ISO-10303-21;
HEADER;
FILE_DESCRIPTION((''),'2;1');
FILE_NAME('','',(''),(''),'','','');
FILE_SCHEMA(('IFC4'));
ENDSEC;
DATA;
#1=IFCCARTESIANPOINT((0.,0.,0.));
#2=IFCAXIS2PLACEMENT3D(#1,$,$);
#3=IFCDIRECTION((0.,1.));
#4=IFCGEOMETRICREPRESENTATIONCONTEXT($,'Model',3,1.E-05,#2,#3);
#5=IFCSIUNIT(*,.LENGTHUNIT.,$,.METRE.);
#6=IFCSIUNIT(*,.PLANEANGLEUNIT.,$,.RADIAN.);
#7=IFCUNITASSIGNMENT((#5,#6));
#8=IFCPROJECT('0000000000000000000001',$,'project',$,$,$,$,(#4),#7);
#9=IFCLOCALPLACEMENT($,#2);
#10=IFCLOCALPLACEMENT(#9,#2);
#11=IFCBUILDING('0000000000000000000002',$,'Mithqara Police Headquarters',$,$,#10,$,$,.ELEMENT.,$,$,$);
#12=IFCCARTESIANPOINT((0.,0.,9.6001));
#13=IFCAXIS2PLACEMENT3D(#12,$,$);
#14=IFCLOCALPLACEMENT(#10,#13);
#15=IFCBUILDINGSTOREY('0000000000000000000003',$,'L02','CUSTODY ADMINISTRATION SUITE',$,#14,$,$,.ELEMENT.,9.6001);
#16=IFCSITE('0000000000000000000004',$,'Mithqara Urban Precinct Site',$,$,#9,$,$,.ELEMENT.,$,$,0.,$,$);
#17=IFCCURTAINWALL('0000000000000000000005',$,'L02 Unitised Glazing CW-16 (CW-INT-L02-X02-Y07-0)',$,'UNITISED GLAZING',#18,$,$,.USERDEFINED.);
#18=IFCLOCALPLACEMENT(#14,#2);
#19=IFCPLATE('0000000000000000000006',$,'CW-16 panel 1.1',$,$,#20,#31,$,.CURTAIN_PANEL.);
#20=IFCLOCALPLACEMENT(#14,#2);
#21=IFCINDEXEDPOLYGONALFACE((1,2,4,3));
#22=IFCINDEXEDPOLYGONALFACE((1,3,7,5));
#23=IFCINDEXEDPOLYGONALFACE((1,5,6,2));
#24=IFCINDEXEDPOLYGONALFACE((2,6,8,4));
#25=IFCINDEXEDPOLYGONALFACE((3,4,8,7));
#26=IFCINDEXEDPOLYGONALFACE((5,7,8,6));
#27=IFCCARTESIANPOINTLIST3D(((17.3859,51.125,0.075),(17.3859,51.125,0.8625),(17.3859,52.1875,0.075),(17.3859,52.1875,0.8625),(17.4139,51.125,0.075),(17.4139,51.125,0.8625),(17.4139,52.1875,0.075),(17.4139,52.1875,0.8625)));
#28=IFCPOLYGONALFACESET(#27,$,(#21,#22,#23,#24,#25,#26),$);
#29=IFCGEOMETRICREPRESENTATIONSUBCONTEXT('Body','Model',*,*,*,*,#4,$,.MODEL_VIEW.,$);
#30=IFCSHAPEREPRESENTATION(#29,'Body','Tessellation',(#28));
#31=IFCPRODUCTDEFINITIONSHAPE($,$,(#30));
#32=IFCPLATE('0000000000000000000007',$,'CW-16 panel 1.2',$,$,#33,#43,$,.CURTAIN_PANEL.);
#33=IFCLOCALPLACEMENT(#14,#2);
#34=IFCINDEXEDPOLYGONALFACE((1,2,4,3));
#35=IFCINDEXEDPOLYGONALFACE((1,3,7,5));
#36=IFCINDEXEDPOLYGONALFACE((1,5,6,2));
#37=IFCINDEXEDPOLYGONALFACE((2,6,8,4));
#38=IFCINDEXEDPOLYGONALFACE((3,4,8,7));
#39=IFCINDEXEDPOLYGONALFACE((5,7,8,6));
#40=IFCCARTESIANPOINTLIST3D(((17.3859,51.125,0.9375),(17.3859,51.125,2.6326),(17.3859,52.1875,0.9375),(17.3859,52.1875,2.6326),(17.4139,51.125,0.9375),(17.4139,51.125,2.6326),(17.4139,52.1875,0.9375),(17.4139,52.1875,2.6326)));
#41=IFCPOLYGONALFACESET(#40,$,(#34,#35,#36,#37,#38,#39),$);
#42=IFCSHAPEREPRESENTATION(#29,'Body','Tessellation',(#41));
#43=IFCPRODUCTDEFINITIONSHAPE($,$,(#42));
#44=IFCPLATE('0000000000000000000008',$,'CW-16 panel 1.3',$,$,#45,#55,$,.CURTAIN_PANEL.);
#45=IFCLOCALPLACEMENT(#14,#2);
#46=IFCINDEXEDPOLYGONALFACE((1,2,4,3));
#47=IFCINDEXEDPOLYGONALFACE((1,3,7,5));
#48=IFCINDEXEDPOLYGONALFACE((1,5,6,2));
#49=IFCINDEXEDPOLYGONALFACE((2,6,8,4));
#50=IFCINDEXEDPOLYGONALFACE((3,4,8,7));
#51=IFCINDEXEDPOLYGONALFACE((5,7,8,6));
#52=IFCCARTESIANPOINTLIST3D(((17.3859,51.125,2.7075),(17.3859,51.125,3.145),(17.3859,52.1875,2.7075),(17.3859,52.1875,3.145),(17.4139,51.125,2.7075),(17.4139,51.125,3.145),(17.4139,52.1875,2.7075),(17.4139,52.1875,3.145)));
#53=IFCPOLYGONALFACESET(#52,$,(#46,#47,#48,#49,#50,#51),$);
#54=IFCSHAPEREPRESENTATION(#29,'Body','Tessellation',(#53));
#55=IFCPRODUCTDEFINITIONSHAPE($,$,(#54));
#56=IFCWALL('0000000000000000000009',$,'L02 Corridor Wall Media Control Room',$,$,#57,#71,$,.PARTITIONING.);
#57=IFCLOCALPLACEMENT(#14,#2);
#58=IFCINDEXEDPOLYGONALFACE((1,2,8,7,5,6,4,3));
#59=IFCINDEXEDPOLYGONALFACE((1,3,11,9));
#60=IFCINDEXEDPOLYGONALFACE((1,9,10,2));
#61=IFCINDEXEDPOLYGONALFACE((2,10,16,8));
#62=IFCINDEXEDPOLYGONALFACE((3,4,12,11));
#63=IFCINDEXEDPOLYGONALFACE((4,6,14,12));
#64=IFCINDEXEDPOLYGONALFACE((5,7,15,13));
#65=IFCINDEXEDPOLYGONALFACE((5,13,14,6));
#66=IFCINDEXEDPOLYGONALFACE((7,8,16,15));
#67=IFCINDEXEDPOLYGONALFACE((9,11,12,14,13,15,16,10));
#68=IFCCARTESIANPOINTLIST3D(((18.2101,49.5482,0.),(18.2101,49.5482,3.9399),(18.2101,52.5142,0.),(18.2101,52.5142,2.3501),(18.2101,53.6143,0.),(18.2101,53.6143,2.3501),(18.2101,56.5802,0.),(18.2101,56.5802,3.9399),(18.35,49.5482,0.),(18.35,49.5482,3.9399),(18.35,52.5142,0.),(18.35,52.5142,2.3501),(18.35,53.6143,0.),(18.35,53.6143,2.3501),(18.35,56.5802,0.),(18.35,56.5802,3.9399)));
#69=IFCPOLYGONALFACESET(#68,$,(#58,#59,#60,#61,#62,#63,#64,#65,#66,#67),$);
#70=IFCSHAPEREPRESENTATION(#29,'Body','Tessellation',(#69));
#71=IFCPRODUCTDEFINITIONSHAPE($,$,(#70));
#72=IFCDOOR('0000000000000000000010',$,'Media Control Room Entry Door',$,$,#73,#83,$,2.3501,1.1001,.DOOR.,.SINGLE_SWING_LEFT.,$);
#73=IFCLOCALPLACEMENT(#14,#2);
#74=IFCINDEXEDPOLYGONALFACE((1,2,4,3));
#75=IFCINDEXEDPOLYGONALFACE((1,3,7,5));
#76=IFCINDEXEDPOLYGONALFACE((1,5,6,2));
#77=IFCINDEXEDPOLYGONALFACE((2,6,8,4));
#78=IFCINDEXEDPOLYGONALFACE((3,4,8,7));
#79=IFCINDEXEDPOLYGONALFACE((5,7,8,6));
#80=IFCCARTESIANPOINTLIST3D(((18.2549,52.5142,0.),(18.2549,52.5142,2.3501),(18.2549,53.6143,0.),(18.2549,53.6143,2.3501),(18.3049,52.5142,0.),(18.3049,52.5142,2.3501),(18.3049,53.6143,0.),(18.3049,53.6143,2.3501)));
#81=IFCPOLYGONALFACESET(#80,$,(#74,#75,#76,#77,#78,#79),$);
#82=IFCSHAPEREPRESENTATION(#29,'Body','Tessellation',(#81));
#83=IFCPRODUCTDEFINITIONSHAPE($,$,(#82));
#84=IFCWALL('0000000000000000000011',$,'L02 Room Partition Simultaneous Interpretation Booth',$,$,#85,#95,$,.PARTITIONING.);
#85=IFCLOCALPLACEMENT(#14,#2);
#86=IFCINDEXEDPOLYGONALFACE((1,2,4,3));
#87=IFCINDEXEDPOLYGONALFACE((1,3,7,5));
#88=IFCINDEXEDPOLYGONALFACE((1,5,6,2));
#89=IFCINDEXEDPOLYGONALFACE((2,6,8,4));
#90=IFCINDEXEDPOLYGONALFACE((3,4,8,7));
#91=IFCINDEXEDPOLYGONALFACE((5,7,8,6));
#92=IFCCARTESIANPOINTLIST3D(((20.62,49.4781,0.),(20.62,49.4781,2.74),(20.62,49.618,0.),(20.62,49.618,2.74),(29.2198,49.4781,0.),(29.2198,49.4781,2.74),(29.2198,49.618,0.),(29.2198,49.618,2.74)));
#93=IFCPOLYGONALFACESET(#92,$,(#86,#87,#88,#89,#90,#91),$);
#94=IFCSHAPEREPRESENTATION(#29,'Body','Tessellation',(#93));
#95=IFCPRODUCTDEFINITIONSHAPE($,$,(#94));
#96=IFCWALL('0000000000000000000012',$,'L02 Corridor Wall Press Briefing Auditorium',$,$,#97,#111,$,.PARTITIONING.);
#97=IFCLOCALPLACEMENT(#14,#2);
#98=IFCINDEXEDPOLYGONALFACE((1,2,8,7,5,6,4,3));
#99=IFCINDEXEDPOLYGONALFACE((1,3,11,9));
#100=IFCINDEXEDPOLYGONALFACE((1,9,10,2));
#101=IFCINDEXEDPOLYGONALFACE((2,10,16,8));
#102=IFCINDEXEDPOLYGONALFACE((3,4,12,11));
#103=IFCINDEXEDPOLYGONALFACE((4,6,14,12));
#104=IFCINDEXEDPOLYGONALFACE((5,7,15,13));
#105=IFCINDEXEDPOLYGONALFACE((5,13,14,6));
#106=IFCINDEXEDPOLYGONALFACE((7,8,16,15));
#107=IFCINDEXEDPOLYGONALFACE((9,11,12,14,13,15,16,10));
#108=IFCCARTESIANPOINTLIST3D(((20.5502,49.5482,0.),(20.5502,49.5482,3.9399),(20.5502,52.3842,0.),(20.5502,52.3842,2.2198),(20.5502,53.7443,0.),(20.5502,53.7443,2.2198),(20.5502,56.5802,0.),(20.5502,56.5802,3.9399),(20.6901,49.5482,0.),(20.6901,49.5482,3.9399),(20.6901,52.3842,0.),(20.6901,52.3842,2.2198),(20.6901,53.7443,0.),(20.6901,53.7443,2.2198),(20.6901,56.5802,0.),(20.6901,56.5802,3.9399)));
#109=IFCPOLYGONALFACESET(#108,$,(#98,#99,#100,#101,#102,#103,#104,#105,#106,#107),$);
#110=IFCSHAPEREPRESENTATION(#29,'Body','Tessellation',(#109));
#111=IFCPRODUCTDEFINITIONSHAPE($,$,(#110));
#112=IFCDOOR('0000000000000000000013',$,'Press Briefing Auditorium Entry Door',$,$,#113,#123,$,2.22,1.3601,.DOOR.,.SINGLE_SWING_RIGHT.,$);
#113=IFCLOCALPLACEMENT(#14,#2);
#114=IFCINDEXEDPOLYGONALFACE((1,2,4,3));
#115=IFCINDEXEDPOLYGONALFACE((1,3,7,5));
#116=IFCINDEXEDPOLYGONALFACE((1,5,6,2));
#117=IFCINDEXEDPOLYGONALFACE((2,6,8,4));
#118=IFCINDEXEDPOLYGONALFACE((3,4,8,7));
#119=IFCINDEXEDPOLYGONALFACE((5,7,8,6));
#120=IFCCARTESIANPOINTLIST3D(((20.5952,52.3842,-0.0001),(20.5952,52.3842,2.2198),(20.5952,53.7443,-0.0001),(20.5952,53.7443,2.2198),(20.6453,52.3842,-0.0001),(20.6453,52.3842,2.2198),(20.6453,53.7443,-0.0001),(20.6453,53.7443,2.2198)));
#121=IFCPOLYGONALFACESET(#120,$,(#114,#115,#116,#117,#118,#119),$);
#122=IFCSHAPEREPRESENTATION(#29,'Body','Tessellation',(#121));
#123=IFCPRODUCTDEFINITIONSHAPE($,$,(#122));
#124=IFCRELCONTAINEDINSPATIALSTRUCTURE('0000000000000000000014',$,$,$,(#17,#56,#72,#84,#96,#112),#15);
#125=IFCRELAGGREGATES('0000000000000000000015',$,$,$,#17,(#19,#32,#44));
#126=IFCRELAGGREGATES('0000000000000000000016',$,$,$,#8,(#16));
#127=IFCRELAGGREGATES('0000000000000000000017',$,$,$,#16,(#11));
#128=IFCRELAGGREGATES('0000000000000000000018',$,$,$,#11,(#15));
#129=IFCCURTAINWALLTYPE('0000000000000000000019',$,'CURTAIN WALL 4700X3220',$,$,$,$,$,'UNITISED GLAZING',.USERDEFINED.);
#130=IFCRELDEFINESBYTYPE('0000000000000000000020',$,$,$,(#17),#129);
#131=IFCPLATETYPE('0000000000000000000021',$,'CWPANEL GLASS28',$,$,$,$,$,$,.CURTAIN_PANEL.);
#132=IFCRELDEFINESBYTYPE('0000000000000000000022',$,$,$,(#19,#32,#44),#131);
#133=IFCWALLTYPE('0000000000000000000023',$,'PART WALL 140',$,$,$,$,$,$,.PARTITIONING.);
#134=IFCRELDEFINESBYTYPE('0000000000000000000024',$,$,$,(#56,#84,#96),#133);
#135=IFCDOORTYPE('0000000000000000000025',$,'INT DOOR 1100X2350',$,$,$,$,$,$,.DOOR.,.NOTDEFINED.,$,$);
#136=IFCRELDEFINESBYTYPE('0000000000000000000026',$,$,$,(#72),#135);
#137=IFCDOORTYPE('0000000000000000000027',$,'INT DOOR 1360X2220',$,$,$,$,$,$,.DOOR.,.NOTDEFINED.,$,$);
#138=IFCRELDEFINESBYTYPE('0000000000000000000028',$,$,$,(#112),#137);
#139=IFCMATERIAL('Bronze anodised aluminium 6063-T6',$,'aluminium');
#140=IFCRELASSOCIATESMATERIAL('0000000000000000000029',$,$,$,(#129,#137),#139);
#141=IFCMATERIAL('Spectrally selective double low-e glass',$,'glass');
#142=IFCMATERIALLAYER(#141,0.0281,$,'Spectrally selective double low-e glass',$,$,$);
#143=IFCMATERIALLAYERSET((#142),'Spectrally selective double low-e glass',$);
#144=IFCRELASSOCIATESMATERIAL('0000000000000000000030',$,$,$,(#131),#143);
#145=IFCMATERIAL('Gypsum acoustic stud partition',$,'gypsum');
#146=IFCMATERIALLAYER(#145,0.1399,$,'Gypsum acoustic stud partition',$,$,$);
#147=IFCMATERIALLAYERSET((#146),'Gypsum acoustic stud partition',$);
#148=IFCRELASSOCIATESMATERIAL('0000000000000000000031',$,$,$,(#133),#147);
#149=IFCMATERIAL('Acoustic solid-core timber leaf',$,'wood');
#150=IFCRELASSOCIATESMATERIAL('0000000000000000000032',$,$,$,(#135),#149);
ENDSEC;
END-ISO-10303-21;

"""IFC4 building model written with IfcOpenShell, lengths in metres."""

from ifc_helpers import new_model, si_unit, direction, frame, frame_2d, origin, origin_2d, place, context, subcontext, project, spatial, rectangle, extrude, material, layer, layer_set, type_object, element, fill, aggregate, save


model = new_model("IFC4")

# Units and contexts
model_context = context("Model", 3, precision=1e-05, world=origin(), true_north=direction((0.0, 1.0)))
body_context = subcontext(model_context, "Body", "Model", "MODEL_VIEW")
ifc_project = project(units=[si_unit("LENGTHUNIT", "METRE"), si_unit("PLANEANGLEUNIT", "RADIAN")], contexts=[model_context])

# Site, building, storey
site_placement = place(None, origin())
site = spatial("IfcSite", under=ifc_project, at=site_placement, Name="Mithqara Urban Precinct Site", CompositionType="ELEMENT", RefElevation=0.0)
building_placement = place(site_placement, origin())
building = spatial("IfcBuilding", under=site, at=building_placement, Name="Mithqara Police Headquarters", CompositionType="ELEMENT")
storey_placement = place(building_placement, frame((0.0, 0.0, 9.6001)))
storey = spatial("IfcBuildingStorey", under=building, at=storey_placement, Name="L02", Description="CUSTODY ADMINISTRATION SUITE", CompositionType="ELEMENT", Elevation=9.6001)

# Shared definitions
ifc_material_1 = material(Name="Bronze anodised aluminium 6063-T6", Category="aluminium")
curtain_wall_type = type_object("IfcCurtainWallType", Name="CURTAIN WALL 4700X3220", ElementType="UNITISED GLAZING", PredefinedType="USERDEFINED", material=ifc_material_1)

# Curtain wall, plates
curtain_wall_1_placement = place(storey_placement, origin())
curtain_wall_1 = element("IfcCurtainWall", 1, at=curtain_wall_1_placement, inside=storey, type_object=curtain_wall_type, Name="L02 Unitised Glazing CW-16 (CW-INT-L02-X02-Y07-0)", ObjectType="UNITISED GLAZING", PredefinedType="USERDEFINED")
ifc_material_2 = material(Name="Spectrally selective double low-e glass", Category="glass")
ifc_layer_1 = layer(ifc_material_2, 0.0281, Name="Spectrally selective double low-e glass")
ifc_layer_set_1 = layer_set([ifc_layer_1], Name="Spectrally selective double low-e glass")
plate_type = type_object("IfcPlateType", Name="CWPANEL GLASS28", PredefinedType="CURTAIN_PANEL", material=ifc_layer_set_1)
plate_1_placement = place(storey_placement, frame((17.3999, 51.6562, 0.075), z_axis=(0.0, 0.0, 1.0), x_axis=(0.0, 1.0, 0.0)))
plate_1 = element("IfcPlate", 2, at=plate_1_placement, type_object=plate_type, Name="CW-16 panel 1.1", PredefinedType="CURTAIN_PANEL", context=body_context, shape_type="SweptSolid", body=[
    extrude(rectangle(XDim=1.0625, YDim=0.0281, at=origin_2d()), origin(), (0.0, 0.0, 1.0), 0.7876),
])
plate_2_placement = place(storey_placement, frame((17.3999, 51.6562, 0.9375), z_axis=(0.0, 0.0, 1.0), x_axis=(0.0, 1.0, 0.0)))
plate_2 = element("IfcPlate", 3, at=plate_2_placement, type_object=plate_type, Name="CW-16 panel 1.2", PredefinedType="CURTAIN_PANEL", context=body_context, shape_type="SweptSolid", body=[
    extrude(rectangle(XDim=1.0625, YDim=0.0281, at=origin_2d()), origin(), (0.0, 0.0, 1.0), 1.6951),
])
plate_3_placement = place(storey_placement, frame((17.3999, 51.6562, 2.7075), z_axis=(0.0, 0.0, 1.0), x_axis=(0.0, 1.0, 0.0)))
plate_3 = element("IfcPlate", 4, at=plate_3_placement, type_object=plate_type, Name="CW-16 panel 1.3", PredefinedType="CURTAIN_PANEL", context=body_context, shape_type="SweptSolid", body=[
    extrude(rectangle(XDim=1.0625, YDim=0.0281, at=origin_2d()), origin(), (0.0, 0.0, 1.0), 0.4375),
])
aggregate(curtain_wall_1, [plate_1, plate_2, plate_3])

# Wall, opening, door
ifc_material_3 = material(Name="Gypsum acoustic stud partition", Category="gypsum")
ifc_layer_2 = layer(ifc_material_3, 0.1399, Name="Gypsum acoustic stud partition")
ifc_layer_set_2 = layer_set([ifc_layer_2], Name="Gypsum acoustic stud partition")
wall_type = type_object("IfcWallType", Name="PART WALL 140", PredefinedType="PARTITIONING", material=ifc_layer_set_2)
wall_1_placement = place(storey_placement, frame((18.28, 49.5481, 0.0), z_axis=(0.0, 0.0, 1.0), x_axis=(0.0, 1.0, 0.0)))
wall_1 = element("IfcWall", 5, at=wall_1_placement, inside=storey, type_object=wall_type, Name="L02 Corridor Wall Media Control Room", PredefinedType="PARTITIONING", context=body_context, shape_type="SweptSolid", body=[
    extrude(rectangle(XDim=7.032, YDim=0.1399, at=frame_2d((3.5161, 0.0))), origin(), (0.0, 0.0, 1.0), 3.9399),
])
opening_1_placement = place(wall_1_placement, frame((2.9661, 0.0, 0.0)))
opening_1 = element("IfcOpeningElement", 6, at=opening_1_placement, cuts=wall_1, PredefinedType="OPENING", context=body_context, shape_type="SweptSolid", body=[
    extrude(rectangle(XDim=1.1001, YDim=2.3501, at=frame_2d((0.55, 1.175))), frame((0.0, 0.0801, 0.0), z_axis=(0.0, -1.0, 0.0), x_axis=(1.0, 0.0, 0.0)), (0.0, 0.0, 1.0), 0.1599),
])
ifc_material_4 = material(Name="Acoustic solid-core timber leaf", Category="wood")
door_type_1 = type_object("IfcDoorType", Name="INT DOOR 1100X2350", OperationType="NOTDEFINED", PredefinedType="DOOR", material=ifc_material_4)
door_1_placement = place(opening_1_placement, frame((1.1001, 0.0, 0.0), z_axis=(0.0, 0.0, 1.0), x_axis=(-1.0, 0.0, 0.0)))
door_1 = element("IfcDoor", 7, at=door_1_placement, inside=storey, type_object=door_type_1, Name="Media Control Room Entry Door", OperationType="SINGLE_SWING_LEFT", OverallHeight=2.3501, OverallWidth=1.1001, PredefinedType="DOOR", context=body_context, shape_type="SweptSolid", body=[
    extrude(rectangle(XDim=1.1001, YDim=2.3501, at=frame_2d((0.55, 1.175))), frame((0.0, 0.0249, 0.0), z_axis=(0.0, -1.0, 0.0), x_axis=(1.0, 0.0, 0.0)), (0.0, 0.0, 1.0), 0.05),
])
fill(opening_1, door_1)

# Wall
wall_2_placement = place(storey_placement, frame((20.6201, 49.5481, 0.0), z_axis=(0.0, 0.0, 1.0), x_axis=(1.0, 0.0, 0.0)))
element("IfcWall", 8, at=wall_2_placement, inside=storey, type_object=wall_type, Name="L02 Room Partition Simultaneous Interpretation Booth", PredefinedType="PARTITIONING", context=body_context, shape_type="SweptSolid", body=[
    extrude(rectangle(XDim=8.5999, YDim=0.1399, at=frame_2d((4.2998, 0.0))), origin(), (0.0, 0.0, 1.0), 2.74),
])

# Wall, opening, door
wall_3_placement = place(storey_placement, frame((20.6201, 49.5481, 0.0), z_axis=(0.0, 0.0, 1.0), x_axis=(0.0, 1.0, 0.0)))
wall_3 = element("IfcWall", 9, at=wall_3_placement, inside=storey, type_object=wall_type, Name="L02 Corridor Wall Press Briefing Auditorium", PredefinedType="PARTITIONING", context=body_context, shape_type="SweptSolid", body=[
    extrude(rectangle(XDim=7.032, YDim=0.1399, at=frame_2d((3.5161, 0.0))), origin(), (0.0, 0.0, 1.0), 3.9399),
])
opening_2_placement = place(wall_3_placement, frame((2.8359, 0.0, 0.0)))
opening_2 = element("IfcOpeningElement", 10, at=opening_2_placement, cuts=wall_3, PredefinedType="OPENING", context=body_context, shape_type="SweptSolid", body=[
    extrude(rectangle(XDim=1.3601, YDim=2.22, at=frame_2d((0.6802, 1.1099))), frame((0.0, 0.0801, 0.0), z_axis=(0.0, -1.0, 0.0), x_axis=(1.0, 0.0, 0.0)), (0.0, 0.0, 1.0), 0.1599),
])
door_type_2 = type_object("IfcDoorType", Name="INT DOOR 1360X2220", OperationType="NOTDEFINED", PredefinedType="DOOR", material=ifc_material_1)
door_2_placement = place(opening_2_placement, origin())
door_2 = element("IfcDoor", 11, at=door_2_placement, inside=storey, type_object=door_type_2, Name="Press Briefing Auditorium Entry Door", OperationType="SINGLE_SWING_RIGHT", OverallHeight=2.22, OverallWidth=1.3601, PredefinedType="DOOR", context=body_context, shape_type="SweptSolid", body=[
    extrude(rectangle(XDim=1.3601, YDim=2.22, at=frame_2d((0.6802, 1.1099))), frame((0.0, 0.0249, 0.0), z_axis=(0.0, -1.0, 0.0), x_axis=(1.0, 0.0, 0.0)), (0.0, 0.0, 1.0), 0.05),
])
fill(opening_2, door_2)

save(model, "model.ifc")
